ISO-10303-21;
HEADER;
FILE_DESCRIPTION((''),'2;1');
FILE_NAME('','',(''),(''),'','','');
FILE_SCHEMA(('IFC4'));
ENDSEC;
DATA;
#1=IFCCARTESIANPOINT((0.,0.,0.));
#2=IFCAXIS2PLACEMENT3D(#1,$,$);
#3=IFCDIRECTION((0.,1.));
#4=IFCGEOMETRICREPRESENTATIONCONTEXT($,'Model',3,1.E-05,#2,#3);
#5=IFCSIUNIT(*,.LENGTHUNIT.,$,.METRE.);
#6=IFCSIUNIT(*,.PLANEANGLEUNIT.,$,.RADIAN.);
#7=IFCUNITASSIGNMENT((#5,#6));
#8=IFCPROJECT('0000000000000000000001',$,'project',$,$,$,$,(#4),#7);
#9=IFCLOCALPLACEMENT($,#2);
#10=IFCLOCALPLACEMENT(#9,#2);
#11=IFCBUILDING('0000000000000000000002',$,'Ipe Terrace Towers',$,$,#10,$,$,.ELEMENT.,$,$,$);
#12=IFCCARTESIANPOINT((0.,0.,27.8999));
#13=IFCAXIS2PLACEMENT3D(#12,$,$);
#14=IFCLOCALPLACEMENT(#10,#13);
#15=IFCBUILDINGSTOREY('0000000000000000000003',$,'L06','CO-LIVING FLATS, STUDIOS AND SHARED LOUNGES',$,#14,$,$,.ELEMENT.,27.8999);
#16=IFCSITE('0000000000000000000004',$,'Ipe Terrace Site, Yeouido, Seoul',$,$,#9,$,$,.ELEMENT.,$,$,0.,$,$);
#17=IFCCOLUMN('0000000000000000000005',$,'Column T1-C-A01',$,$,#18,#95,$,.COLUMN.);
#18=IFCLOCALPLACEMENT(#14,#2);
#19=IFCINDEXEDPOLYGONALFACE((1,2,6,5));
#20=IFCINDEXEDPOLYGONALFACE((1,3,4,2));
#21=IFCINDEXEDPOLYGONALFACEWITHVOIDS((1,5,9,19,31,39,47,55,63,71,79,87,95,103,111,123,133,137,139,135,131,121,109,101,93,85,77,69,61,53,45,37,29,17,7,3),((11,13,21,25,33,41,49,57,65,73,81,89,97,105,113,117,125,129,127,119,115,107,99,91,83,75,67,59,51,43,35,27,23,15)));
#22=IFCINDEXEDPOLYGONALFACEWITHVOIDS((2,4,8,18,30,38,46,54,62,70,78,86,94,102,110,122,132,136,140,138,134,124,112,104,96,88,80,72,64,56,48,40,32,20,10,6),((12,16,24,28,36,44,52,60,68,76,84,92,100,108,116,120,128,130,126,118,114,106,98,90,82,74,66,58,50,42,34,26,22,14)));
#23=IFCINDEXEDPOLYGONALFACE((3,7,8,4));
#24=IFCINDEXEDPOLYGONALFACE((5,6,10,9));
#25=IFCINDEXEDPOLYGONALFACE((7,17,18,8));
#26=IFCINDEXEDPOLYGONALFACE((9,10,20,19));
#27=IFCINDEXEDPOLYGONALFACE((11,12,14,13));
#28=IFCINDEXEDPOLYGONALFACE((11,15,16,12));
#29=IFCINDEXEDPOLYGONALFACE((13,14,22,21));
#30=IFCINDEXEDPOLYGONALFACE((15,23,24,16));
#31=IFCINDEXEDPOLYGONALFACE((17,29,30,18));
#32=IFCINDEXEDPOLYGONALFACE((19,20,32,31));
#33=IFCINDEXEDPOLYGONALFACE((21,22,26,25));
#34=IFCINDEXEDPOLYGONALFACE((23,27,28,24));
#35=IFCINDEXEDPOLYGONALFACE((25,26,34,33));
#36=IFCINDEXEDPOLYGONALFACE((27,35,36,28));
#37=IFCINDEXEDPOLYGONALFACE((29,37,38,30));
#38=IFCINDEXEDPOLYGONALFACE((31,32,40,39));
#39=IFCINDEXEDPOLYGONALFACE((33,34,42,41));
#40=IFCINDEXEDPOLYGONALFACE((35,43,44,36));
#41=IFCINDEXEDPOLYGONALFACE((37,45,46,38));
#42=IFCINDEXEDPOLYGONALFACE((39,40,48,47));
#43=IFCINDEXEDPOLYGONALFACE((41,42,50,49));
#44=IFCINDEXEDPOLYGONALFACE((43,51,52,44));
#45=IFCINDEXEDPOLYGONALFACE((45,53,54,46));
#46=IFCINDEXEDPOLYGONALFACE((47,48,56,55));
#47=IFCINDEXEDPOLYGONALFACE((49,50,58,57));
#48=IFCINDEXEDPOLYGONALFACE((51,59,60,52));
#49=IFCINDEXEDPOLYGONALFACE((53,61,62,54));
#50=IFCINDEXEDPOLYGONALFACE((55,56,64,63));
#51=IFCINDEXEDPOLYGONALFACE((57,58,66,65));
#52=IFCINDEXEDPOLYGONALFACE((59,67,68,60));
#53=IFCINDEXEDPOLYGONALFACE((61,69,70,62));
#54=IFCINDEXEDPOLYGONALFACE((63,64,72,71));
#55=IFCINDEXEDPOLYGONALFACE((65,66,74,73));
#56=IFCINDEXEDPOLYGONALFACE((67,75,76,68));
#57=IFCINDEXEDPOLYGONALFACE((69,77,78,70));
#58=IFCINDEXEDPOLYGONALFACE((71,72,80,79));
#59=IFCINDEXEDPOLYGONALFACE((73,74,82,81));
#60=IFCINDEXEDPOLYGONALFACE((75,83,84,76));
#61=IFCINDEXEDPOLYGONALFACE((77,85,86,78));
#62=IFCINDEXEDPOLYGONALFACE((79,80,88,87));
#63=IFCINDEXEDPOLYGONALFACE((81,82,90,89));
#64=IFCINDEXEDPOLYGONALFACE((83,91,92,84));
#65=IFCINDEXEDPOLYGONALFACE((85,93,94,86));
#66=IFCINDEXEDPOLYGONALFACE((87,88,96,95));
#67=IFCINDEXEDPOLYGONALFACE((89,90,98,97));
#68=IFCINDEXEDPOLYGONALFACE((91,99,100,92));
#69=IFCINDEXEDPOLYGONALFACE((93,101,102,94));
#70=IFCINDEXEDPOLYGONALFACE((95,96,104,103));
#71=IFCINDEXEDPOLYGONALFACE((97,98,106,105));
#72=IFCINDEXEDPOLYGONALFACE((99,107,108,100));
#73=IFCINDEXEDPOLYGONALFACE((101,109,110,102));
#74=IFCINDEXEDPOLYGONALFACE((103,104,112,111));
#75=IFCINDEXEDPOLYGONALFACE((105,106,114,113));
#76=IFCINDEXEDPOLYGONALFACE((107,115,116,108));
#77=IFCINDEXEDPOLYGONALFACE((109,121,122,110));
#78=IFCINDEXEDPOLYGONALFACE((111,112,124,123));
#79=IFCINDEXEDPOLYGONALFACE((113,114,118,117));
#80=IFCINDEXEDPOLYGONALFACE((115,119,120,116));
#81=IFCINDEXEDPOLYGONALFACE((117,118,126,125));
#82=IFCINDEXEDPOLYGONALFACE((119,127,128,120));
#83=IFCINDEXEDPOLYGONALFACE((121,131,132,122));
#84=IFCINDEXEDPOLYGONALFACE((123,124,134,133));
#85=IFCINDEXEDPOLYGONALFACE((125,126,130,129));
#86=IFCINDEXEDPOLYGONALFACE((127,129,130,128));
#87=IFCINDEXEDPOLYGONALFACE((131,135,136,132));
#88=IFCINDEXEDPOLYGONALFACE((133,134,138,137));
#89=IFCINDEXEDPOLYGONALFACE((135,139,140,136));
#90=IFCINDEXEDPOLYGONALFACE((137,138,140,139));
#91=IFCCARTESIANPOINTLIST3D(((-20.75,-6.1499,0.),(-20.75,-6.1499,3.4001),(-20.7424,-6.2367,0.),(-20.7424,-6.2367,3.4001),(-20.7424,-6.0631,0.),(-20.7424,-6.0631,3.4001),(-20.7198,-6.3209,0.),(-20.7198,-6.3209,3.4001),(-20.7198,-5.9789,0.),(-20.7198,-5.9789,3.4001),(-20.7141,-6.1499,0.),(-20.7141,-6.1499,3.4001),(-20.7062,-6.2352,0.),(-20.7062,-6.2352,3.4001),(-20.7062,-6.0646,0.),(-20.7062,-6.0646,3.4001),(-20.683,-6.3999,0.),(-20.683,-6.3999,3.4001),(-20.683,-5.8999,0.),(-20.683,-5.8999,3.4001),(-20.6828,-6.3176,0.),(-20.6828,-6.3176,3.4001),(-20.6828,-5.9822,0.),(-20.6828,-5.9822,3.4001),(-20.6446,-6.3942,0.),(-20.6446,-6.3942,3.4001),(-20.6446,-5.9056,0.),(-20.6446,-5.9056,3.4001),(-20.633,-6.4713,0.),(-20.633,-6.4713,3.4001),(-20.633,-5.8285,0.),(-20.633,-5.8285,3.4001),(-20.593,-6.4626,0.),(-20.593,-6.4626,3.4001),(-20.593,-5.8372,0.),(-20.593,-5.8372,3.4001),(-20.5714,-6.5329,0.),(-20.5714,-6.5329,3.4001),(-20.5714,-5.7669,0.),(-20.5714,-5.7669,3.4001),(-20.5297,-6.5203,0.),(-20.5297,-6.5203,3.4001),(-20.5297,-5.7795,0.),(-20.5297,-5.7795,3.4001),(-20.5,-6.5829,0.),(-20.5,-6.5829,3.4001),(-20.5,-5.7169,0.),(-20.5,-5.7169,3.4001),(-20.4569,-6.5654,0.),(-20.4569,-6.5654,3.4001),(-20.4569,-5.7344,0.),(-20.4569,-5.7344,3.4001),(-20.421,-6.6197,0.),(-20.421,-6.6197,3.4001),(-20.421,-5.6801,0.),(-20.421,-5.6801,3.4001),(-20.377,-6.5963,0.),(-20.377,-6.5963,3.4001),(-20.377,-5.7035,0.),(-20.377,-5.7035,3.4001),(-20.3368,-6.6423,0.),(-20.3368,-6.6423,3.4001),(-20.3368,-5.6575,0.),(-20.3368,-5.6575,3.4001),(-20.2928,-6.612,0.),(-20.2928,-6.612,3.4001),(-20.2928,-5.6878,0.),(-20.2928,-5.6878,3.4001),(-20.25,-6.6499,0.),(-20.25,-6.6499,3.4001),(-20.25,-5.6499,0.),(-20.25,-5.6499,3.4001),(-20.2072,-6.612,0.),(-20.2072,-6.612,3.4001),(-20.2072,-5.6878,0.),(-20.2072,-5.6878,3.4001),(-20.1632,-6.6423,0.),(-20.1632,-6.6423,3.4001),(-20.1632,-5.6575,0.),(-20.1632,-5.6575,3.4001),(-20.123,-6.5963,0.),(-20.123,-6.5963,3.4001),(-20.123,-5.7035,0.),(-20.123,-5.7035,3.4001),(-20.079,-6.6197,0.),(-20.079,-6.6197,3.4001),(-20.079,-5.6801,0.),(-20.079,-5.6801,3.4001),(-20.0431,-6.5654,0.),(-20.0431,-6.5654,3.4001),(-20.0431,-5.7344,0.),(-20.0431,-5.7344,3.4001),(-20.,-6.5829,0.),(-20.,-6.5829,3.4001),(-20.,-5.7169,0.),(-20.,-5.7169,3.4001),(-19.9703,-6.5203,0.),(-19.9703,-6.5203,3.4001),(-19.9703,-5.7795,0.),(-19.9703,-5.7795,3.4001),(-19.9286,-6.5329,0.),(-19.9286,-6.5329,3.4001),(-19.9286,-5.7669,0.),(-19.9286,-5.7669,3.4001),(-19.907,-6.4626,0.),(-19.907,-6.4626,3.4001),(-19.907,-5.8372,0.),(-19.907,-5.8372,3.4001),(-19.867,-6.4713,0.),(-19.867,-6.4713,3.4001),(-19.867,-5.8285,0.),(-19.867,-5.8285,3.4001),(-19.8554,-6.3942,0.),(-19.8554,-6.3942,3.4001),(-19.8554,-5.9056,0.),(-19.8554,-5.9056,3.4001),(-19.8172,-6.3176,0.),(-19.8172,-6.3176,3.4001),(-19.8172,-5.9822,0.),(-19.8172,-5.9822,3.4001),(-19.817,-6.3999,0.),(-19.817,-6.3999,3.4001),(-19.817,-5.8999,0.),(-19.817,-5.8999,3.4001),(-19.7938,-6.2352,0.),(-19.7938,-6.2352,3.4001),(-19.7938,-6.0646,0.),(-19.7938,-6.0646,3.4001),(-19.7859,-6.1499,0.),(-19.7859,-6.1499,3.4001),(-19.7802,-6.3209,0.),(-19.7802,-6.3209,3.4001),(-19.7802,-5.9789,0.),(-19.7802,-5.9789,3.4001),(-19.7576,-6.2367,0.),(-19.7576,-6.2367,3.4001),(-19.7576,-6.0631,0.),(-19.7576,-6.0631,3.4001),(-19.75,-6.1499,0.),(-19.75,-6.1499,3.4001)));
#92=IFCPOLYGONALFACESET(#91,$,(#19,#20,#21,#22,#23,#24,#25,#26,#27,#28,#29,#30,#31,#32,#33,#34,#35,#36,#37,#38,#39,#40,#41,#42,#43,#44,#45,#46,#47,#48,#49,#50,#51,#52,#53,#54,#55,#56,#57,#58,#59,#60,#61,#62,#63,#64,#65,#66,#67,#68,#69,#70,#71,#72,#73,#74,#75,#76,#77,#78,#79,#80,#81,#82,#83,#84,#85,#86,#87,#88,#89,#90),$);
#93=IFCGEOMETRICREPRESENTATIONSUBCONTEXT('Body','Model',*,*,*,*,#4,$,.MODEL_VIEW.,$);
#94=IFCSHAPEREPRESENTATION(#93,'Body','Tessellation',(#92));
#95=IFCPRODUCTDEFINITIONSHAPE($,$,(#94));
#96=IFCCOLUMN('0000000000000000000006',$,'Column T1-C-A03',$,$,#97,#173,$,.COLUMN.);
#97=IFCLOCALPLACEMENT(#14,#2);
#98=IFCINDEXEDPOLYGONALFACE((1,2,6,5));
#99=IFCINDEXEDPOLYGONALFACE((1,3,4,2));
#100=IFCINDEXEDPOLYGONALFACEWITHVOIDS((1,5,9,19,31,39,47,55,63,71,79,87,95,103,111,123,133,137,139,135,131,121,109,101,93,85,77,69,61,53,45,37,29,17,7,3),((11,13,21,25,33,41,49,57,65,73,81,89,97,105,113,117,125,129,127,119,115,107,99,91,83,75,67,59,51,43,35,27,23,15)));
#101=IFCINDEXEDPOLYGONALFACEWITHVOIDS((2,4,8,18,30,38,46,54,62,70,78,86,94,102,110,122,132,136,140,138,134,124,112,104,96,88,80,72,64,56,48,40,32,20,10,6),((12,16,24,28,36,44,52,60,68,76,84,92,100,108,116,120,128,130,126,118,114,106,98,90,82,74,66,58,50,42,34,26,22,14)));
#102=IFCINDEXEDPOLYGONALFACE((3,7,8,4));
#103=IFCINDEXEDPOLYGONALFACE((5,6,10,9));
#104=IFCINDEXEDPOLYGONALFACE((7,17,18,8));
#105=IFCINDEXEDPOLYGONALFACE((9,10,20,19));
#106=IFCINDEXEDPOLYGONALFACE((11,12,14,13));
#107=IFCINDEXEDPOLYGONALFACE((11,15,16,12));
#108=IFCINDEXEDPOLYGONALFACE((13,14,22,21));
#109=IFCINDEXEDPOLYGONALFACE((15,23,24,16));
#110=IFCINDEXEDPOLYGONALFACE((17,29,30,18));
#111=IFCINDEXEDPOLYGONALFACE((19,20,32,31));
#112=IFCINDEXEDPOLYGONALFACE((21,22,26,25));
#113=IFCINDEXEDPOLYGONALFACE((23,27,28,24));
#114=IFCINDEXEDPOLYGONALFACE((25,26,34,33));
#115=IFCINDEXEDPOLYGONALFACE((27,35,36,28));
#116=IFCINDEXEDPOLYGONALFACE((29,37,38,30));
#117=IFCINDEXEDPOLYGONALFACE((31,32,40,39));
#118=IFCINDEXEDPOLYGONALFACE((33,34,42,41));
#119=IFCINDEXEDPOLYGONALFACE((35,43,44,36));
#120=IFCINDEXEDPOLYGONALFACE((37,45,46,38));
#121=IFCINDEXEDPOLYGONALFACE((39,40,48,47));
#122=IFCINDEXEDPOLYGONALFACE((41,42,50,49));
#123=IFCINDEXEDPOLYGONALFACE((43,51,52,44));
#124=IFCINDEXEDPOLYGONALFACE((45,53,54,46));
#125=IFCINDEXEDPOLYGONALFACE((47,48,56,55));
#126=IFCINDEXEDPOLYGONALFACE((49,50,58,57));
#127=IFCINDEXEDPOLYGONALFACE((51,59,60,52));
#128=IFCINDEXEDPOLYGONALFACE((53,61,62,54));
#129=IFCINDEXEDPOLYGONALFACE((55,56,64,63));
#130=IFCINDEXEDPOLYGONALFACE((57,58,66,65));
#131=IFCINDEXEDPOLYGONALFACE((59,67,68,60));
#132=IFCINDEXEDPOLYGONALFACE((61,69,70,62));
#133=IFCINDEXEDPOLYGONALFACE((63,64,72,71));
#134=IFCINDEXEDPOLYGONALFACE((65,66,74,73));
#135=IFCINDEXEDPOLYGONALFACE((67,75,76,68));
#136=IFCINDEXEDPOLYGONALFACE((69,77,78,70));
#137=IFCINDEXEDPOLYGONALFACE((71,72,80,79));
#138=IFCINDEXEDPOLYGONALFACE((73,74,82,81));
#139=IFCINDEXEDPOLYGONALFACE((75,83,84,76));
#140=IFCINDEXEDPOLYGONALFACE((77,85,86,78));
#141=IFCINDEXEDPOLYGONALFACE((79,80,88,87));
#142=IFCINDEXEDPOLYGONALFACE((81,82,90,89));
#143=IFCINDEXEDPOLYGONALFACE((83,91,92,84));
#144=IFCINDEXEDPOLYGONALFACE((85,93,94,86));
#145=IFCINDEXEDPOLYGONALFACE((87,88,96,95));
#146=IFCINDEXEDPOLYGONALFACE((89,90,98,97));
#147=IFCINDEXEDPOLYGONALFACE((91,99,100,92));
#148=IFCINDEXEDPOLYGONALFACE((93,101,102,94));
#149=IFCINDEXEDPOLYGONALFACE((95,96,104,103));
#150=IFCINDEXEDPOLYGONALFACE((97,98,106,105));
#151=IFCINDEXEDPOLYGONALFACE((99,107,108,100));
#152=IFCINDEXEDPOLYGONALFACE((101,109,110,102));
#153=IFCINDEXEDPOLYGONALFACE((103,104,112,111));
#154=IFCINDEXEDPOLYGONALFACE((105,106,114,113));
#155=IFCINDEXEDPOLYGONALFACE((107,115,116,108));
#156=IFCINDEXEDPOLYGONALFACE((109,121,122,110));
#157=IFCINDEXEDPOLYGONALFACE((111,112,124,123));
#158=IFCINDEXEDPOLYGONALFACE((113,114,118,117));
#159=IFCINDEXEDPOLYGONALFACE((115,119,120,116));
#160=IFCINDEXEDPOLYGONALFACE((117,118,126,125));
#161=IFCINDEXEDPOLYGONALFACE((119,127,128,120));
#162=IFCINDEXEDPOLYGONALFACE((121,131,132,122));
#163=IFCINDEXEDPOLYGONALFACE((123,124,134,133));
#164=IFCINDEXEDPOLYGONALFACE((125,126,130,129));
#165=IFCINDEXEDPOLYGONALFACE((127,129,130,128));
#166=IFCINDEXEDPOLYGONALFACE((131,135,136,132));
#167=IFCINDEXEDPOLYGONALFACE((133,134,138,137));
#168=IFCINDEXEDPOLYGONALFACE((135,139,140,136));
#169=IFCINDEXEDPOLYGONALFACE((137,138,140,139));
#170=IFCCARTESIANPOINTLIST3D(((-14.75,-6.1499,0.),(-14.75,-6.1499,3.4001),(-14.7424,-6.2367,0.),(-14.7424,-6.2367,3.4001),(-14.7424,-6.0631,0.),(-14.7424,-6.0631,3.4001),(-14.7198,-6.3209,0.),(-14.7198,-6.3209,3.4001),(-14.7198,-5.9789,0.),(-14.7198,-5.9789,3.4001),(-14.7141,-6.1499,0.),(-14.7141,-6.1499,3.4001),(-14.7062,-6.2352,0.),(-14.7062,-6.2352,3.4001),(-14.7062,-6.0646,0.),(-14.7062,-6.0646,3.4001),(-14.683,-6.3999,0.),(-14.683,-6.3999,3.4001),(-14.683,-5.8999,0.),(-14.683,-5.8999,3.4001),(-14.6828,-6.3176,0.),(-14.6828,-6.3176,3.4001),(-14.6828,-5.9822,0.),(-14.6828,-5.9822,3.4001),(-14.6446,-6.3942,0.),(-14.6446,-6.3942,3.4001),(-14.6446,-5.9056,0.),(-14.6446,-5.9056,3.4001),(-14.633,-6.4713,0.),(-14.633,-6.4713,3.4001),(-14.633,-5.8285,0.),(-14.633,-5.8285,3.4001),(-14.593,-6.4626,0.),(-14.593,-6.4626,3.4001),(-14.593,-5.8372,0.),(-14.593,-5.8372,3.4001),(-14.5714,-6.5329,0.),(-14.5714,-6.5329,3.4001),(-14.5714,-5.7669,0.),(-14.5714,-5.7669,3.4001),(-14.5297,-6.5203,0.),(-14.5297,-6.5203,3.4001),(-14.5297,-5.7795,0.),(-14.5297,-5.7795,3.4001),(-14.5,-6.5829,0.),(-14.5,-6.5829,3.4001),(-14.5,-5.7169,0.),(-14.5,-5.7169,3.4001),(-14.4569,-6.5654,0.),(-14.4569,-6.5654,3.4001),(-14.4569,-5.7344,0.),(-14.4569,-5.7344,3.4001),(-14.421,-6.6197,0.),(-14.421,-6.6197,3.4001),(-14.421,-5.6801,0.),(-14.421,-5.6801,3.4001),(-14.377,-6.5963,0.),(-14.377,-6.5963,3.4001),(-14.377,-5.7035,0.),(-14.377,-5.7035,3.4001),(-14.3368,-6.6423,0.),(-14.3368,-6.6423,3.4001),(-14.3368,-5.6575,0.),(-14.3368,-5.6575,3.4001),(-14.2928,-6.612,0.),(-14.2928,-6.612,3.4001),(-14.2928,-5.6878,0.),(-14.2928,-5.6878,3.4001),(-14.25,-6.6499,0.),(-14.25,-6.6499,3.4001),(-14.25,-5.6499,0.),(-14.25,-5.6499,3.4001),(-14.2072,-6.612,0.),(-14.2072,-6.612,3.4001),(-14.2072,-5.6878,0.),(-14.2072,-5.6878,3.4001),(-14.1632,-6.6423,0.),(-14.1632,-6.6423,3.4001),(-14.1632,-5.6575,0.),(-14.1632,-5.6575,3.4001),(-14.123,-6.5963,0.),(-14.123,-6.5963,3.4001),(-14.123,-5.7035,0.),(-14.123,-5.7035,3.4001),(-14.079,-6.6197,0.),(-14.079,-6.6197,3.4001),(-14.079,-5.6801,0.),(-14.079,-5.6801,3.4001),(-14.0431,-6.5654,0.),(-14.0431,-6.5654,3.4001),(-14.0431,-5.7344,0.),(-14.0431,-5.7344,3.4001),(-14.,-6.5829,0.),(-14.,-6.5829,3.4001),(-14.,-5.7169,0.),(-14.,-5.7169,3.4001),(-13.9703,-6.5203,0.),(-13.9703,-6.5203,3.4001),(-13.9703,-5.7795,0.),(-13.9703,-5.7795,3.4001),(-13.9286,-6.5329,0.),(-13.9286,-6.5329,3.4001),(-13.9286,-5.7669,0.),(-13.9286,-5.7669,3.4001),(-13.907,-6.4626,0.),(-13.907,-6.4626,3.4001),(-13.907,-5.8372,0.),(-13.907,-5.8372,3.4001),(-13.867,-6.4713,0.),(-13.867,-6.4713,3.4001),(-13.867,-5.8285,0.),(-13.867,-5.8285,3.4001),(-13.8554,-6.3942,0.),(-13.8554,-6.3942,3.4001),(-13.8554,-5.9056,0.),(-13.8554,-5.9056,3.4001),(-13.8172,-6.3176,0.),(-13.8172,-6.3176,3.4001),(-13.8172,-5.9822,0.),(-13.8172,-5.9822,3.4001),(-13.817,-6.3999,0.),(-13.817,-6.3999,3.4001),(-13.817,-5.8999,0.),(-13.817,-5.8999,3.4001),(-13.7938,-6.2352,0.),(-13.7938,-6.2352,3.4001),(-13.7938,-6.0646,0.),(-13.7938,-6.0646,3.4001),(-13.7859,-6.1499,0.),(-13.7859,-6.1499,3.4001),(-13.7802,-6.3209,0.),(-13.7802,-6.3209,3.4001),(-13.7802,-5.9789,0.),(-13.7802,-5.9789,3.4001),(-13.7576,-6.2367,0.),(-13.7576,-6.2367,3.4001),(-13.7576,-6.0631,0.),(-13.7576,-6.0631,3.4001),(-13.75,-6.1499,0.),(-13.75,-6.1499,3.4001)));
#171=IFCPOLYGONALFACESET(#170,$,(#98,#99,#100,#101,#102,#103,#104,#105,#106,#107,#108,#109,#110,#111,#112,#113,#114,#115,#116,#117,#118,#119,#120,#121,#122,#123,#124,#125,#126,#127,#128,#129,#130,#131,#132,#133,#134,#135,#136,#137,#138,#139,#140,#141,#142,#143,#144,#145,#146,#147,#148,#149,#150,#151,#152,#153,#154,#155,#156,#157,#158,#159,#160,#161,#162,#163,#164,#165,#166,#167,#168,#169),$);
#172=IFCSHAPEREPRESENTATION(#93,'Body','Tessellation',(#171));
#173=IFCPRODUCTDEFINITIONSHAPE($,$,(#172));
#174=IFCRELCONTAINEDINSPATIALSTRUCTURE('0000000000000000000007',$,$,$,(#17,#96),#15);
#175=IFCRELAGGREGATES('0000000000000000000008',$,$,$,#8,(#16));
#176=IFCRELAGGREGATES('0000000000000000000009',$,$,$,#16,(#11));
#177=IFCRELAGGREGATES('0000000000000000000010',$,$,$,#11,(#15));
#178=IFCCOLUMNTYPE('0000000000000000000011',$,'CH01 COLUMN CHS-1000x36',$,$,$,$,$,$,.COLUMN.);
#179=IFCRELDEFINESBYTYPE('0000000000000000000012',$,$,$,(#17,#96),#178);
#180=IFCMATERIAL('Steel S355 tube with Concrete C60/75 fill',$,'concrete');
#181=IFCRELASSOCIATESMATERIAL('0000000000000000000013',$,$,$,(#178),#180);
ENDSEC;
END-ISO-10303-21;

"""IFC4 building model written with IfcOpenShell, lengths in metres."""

from ifc_helpers import new_model, si_unit, direction, frame, origin, origin_2d, place, context, subcontext, project, spatial, hollow_circle, extrude, material, material_profile, profile_set, type_object, element, save


model = new_model("IFC4")

# Units and contexts
model_context = context("Model", 3, precision=1e-05, world=origin(), true_north=direction((0.0, 1.0)))
body_context = subcontext(model_context, "Body", "Model", "MODEL_VIEW")
ifc_project = project(units=[si_unit("LENGTHUNIT", "METRE"), si_unit("PLANEANGLEUNIT", "RADIAN")], contexts=[model_context])

# Site, building, storey
site_placement = place(None, origin())
site = spatial("IfcSite", under=ifc_project, at=site_placement, Name="Ipe Terrace Site, Yeouido, Seoul", CompositionType="ELEMENT", RefElevation=0.0)
building_placement = place(site_placement, origin())
building = spatial("IfcBuilding", under=site, at=building_placement, Name="Ipe Terrace Towers", CompositionType="ELEMENT")
storey_placement = place(building_placement, frame((0.0, 0.0, 27.8999)))
storey = spatial("IfcBuildingStorey", under=building, at=storey_placement, Name="L06", Description="CO-LIVING FLATS, STUDIOS AND SHARED LOUNGES", CompositionType="ELEMENT", Elevation=27.8999)

# Columns
ifc_material_1 = material(Name="Steel S355 tube with Concrete C60/75 fill", Category="concrete")
ifc_material_profile_1 = material_profile(ifc_material_1, hollow_circle(Radius=0.5, WallThickness=0.0359, at=origin_2d()), Name="CHS-1000x36")
ifc_profile_set_1 = profile_set([ifc_material_profile_1], Name="Steel S355 tube with Concrete C60/75 fill")
column_type = type_object("IfcColumnType", Name="CH01 COLUMN CHS-1000x36", PredefinedType="COLUMN", material=ifc_profile_set_1)
for number, where, z_axis, x_axis, name in (
    (1, (-20.25, -6.1499, 0.0), (0.0, 0.0, 1.0), (1.0, 0.0, 0.0), "Column T1-C-A01"),
    (2, (-14.25, -6.1499, 0.0), (0.0, 0.0, 1.0), (1.0, 0.0, 0.0), "Column T1-C-A03"),
):
    element("IfcColumn", number, at=place(storey_placement, frame(where, z_axis=z_axis, x_axis=x_axis)), inside=storey, type_object=column_type, Name=name, PredefinedType="COLUMN", context=body_context, shape_type="SweptSolid", body=[
        extrude(hollow_circle(Radius=0.5, WallThickness=0.0359, at=origin_2d()), origin(), (0.0, 0.0, 1.0), 3.4001),
    ])

save(model, "model.ifc")
